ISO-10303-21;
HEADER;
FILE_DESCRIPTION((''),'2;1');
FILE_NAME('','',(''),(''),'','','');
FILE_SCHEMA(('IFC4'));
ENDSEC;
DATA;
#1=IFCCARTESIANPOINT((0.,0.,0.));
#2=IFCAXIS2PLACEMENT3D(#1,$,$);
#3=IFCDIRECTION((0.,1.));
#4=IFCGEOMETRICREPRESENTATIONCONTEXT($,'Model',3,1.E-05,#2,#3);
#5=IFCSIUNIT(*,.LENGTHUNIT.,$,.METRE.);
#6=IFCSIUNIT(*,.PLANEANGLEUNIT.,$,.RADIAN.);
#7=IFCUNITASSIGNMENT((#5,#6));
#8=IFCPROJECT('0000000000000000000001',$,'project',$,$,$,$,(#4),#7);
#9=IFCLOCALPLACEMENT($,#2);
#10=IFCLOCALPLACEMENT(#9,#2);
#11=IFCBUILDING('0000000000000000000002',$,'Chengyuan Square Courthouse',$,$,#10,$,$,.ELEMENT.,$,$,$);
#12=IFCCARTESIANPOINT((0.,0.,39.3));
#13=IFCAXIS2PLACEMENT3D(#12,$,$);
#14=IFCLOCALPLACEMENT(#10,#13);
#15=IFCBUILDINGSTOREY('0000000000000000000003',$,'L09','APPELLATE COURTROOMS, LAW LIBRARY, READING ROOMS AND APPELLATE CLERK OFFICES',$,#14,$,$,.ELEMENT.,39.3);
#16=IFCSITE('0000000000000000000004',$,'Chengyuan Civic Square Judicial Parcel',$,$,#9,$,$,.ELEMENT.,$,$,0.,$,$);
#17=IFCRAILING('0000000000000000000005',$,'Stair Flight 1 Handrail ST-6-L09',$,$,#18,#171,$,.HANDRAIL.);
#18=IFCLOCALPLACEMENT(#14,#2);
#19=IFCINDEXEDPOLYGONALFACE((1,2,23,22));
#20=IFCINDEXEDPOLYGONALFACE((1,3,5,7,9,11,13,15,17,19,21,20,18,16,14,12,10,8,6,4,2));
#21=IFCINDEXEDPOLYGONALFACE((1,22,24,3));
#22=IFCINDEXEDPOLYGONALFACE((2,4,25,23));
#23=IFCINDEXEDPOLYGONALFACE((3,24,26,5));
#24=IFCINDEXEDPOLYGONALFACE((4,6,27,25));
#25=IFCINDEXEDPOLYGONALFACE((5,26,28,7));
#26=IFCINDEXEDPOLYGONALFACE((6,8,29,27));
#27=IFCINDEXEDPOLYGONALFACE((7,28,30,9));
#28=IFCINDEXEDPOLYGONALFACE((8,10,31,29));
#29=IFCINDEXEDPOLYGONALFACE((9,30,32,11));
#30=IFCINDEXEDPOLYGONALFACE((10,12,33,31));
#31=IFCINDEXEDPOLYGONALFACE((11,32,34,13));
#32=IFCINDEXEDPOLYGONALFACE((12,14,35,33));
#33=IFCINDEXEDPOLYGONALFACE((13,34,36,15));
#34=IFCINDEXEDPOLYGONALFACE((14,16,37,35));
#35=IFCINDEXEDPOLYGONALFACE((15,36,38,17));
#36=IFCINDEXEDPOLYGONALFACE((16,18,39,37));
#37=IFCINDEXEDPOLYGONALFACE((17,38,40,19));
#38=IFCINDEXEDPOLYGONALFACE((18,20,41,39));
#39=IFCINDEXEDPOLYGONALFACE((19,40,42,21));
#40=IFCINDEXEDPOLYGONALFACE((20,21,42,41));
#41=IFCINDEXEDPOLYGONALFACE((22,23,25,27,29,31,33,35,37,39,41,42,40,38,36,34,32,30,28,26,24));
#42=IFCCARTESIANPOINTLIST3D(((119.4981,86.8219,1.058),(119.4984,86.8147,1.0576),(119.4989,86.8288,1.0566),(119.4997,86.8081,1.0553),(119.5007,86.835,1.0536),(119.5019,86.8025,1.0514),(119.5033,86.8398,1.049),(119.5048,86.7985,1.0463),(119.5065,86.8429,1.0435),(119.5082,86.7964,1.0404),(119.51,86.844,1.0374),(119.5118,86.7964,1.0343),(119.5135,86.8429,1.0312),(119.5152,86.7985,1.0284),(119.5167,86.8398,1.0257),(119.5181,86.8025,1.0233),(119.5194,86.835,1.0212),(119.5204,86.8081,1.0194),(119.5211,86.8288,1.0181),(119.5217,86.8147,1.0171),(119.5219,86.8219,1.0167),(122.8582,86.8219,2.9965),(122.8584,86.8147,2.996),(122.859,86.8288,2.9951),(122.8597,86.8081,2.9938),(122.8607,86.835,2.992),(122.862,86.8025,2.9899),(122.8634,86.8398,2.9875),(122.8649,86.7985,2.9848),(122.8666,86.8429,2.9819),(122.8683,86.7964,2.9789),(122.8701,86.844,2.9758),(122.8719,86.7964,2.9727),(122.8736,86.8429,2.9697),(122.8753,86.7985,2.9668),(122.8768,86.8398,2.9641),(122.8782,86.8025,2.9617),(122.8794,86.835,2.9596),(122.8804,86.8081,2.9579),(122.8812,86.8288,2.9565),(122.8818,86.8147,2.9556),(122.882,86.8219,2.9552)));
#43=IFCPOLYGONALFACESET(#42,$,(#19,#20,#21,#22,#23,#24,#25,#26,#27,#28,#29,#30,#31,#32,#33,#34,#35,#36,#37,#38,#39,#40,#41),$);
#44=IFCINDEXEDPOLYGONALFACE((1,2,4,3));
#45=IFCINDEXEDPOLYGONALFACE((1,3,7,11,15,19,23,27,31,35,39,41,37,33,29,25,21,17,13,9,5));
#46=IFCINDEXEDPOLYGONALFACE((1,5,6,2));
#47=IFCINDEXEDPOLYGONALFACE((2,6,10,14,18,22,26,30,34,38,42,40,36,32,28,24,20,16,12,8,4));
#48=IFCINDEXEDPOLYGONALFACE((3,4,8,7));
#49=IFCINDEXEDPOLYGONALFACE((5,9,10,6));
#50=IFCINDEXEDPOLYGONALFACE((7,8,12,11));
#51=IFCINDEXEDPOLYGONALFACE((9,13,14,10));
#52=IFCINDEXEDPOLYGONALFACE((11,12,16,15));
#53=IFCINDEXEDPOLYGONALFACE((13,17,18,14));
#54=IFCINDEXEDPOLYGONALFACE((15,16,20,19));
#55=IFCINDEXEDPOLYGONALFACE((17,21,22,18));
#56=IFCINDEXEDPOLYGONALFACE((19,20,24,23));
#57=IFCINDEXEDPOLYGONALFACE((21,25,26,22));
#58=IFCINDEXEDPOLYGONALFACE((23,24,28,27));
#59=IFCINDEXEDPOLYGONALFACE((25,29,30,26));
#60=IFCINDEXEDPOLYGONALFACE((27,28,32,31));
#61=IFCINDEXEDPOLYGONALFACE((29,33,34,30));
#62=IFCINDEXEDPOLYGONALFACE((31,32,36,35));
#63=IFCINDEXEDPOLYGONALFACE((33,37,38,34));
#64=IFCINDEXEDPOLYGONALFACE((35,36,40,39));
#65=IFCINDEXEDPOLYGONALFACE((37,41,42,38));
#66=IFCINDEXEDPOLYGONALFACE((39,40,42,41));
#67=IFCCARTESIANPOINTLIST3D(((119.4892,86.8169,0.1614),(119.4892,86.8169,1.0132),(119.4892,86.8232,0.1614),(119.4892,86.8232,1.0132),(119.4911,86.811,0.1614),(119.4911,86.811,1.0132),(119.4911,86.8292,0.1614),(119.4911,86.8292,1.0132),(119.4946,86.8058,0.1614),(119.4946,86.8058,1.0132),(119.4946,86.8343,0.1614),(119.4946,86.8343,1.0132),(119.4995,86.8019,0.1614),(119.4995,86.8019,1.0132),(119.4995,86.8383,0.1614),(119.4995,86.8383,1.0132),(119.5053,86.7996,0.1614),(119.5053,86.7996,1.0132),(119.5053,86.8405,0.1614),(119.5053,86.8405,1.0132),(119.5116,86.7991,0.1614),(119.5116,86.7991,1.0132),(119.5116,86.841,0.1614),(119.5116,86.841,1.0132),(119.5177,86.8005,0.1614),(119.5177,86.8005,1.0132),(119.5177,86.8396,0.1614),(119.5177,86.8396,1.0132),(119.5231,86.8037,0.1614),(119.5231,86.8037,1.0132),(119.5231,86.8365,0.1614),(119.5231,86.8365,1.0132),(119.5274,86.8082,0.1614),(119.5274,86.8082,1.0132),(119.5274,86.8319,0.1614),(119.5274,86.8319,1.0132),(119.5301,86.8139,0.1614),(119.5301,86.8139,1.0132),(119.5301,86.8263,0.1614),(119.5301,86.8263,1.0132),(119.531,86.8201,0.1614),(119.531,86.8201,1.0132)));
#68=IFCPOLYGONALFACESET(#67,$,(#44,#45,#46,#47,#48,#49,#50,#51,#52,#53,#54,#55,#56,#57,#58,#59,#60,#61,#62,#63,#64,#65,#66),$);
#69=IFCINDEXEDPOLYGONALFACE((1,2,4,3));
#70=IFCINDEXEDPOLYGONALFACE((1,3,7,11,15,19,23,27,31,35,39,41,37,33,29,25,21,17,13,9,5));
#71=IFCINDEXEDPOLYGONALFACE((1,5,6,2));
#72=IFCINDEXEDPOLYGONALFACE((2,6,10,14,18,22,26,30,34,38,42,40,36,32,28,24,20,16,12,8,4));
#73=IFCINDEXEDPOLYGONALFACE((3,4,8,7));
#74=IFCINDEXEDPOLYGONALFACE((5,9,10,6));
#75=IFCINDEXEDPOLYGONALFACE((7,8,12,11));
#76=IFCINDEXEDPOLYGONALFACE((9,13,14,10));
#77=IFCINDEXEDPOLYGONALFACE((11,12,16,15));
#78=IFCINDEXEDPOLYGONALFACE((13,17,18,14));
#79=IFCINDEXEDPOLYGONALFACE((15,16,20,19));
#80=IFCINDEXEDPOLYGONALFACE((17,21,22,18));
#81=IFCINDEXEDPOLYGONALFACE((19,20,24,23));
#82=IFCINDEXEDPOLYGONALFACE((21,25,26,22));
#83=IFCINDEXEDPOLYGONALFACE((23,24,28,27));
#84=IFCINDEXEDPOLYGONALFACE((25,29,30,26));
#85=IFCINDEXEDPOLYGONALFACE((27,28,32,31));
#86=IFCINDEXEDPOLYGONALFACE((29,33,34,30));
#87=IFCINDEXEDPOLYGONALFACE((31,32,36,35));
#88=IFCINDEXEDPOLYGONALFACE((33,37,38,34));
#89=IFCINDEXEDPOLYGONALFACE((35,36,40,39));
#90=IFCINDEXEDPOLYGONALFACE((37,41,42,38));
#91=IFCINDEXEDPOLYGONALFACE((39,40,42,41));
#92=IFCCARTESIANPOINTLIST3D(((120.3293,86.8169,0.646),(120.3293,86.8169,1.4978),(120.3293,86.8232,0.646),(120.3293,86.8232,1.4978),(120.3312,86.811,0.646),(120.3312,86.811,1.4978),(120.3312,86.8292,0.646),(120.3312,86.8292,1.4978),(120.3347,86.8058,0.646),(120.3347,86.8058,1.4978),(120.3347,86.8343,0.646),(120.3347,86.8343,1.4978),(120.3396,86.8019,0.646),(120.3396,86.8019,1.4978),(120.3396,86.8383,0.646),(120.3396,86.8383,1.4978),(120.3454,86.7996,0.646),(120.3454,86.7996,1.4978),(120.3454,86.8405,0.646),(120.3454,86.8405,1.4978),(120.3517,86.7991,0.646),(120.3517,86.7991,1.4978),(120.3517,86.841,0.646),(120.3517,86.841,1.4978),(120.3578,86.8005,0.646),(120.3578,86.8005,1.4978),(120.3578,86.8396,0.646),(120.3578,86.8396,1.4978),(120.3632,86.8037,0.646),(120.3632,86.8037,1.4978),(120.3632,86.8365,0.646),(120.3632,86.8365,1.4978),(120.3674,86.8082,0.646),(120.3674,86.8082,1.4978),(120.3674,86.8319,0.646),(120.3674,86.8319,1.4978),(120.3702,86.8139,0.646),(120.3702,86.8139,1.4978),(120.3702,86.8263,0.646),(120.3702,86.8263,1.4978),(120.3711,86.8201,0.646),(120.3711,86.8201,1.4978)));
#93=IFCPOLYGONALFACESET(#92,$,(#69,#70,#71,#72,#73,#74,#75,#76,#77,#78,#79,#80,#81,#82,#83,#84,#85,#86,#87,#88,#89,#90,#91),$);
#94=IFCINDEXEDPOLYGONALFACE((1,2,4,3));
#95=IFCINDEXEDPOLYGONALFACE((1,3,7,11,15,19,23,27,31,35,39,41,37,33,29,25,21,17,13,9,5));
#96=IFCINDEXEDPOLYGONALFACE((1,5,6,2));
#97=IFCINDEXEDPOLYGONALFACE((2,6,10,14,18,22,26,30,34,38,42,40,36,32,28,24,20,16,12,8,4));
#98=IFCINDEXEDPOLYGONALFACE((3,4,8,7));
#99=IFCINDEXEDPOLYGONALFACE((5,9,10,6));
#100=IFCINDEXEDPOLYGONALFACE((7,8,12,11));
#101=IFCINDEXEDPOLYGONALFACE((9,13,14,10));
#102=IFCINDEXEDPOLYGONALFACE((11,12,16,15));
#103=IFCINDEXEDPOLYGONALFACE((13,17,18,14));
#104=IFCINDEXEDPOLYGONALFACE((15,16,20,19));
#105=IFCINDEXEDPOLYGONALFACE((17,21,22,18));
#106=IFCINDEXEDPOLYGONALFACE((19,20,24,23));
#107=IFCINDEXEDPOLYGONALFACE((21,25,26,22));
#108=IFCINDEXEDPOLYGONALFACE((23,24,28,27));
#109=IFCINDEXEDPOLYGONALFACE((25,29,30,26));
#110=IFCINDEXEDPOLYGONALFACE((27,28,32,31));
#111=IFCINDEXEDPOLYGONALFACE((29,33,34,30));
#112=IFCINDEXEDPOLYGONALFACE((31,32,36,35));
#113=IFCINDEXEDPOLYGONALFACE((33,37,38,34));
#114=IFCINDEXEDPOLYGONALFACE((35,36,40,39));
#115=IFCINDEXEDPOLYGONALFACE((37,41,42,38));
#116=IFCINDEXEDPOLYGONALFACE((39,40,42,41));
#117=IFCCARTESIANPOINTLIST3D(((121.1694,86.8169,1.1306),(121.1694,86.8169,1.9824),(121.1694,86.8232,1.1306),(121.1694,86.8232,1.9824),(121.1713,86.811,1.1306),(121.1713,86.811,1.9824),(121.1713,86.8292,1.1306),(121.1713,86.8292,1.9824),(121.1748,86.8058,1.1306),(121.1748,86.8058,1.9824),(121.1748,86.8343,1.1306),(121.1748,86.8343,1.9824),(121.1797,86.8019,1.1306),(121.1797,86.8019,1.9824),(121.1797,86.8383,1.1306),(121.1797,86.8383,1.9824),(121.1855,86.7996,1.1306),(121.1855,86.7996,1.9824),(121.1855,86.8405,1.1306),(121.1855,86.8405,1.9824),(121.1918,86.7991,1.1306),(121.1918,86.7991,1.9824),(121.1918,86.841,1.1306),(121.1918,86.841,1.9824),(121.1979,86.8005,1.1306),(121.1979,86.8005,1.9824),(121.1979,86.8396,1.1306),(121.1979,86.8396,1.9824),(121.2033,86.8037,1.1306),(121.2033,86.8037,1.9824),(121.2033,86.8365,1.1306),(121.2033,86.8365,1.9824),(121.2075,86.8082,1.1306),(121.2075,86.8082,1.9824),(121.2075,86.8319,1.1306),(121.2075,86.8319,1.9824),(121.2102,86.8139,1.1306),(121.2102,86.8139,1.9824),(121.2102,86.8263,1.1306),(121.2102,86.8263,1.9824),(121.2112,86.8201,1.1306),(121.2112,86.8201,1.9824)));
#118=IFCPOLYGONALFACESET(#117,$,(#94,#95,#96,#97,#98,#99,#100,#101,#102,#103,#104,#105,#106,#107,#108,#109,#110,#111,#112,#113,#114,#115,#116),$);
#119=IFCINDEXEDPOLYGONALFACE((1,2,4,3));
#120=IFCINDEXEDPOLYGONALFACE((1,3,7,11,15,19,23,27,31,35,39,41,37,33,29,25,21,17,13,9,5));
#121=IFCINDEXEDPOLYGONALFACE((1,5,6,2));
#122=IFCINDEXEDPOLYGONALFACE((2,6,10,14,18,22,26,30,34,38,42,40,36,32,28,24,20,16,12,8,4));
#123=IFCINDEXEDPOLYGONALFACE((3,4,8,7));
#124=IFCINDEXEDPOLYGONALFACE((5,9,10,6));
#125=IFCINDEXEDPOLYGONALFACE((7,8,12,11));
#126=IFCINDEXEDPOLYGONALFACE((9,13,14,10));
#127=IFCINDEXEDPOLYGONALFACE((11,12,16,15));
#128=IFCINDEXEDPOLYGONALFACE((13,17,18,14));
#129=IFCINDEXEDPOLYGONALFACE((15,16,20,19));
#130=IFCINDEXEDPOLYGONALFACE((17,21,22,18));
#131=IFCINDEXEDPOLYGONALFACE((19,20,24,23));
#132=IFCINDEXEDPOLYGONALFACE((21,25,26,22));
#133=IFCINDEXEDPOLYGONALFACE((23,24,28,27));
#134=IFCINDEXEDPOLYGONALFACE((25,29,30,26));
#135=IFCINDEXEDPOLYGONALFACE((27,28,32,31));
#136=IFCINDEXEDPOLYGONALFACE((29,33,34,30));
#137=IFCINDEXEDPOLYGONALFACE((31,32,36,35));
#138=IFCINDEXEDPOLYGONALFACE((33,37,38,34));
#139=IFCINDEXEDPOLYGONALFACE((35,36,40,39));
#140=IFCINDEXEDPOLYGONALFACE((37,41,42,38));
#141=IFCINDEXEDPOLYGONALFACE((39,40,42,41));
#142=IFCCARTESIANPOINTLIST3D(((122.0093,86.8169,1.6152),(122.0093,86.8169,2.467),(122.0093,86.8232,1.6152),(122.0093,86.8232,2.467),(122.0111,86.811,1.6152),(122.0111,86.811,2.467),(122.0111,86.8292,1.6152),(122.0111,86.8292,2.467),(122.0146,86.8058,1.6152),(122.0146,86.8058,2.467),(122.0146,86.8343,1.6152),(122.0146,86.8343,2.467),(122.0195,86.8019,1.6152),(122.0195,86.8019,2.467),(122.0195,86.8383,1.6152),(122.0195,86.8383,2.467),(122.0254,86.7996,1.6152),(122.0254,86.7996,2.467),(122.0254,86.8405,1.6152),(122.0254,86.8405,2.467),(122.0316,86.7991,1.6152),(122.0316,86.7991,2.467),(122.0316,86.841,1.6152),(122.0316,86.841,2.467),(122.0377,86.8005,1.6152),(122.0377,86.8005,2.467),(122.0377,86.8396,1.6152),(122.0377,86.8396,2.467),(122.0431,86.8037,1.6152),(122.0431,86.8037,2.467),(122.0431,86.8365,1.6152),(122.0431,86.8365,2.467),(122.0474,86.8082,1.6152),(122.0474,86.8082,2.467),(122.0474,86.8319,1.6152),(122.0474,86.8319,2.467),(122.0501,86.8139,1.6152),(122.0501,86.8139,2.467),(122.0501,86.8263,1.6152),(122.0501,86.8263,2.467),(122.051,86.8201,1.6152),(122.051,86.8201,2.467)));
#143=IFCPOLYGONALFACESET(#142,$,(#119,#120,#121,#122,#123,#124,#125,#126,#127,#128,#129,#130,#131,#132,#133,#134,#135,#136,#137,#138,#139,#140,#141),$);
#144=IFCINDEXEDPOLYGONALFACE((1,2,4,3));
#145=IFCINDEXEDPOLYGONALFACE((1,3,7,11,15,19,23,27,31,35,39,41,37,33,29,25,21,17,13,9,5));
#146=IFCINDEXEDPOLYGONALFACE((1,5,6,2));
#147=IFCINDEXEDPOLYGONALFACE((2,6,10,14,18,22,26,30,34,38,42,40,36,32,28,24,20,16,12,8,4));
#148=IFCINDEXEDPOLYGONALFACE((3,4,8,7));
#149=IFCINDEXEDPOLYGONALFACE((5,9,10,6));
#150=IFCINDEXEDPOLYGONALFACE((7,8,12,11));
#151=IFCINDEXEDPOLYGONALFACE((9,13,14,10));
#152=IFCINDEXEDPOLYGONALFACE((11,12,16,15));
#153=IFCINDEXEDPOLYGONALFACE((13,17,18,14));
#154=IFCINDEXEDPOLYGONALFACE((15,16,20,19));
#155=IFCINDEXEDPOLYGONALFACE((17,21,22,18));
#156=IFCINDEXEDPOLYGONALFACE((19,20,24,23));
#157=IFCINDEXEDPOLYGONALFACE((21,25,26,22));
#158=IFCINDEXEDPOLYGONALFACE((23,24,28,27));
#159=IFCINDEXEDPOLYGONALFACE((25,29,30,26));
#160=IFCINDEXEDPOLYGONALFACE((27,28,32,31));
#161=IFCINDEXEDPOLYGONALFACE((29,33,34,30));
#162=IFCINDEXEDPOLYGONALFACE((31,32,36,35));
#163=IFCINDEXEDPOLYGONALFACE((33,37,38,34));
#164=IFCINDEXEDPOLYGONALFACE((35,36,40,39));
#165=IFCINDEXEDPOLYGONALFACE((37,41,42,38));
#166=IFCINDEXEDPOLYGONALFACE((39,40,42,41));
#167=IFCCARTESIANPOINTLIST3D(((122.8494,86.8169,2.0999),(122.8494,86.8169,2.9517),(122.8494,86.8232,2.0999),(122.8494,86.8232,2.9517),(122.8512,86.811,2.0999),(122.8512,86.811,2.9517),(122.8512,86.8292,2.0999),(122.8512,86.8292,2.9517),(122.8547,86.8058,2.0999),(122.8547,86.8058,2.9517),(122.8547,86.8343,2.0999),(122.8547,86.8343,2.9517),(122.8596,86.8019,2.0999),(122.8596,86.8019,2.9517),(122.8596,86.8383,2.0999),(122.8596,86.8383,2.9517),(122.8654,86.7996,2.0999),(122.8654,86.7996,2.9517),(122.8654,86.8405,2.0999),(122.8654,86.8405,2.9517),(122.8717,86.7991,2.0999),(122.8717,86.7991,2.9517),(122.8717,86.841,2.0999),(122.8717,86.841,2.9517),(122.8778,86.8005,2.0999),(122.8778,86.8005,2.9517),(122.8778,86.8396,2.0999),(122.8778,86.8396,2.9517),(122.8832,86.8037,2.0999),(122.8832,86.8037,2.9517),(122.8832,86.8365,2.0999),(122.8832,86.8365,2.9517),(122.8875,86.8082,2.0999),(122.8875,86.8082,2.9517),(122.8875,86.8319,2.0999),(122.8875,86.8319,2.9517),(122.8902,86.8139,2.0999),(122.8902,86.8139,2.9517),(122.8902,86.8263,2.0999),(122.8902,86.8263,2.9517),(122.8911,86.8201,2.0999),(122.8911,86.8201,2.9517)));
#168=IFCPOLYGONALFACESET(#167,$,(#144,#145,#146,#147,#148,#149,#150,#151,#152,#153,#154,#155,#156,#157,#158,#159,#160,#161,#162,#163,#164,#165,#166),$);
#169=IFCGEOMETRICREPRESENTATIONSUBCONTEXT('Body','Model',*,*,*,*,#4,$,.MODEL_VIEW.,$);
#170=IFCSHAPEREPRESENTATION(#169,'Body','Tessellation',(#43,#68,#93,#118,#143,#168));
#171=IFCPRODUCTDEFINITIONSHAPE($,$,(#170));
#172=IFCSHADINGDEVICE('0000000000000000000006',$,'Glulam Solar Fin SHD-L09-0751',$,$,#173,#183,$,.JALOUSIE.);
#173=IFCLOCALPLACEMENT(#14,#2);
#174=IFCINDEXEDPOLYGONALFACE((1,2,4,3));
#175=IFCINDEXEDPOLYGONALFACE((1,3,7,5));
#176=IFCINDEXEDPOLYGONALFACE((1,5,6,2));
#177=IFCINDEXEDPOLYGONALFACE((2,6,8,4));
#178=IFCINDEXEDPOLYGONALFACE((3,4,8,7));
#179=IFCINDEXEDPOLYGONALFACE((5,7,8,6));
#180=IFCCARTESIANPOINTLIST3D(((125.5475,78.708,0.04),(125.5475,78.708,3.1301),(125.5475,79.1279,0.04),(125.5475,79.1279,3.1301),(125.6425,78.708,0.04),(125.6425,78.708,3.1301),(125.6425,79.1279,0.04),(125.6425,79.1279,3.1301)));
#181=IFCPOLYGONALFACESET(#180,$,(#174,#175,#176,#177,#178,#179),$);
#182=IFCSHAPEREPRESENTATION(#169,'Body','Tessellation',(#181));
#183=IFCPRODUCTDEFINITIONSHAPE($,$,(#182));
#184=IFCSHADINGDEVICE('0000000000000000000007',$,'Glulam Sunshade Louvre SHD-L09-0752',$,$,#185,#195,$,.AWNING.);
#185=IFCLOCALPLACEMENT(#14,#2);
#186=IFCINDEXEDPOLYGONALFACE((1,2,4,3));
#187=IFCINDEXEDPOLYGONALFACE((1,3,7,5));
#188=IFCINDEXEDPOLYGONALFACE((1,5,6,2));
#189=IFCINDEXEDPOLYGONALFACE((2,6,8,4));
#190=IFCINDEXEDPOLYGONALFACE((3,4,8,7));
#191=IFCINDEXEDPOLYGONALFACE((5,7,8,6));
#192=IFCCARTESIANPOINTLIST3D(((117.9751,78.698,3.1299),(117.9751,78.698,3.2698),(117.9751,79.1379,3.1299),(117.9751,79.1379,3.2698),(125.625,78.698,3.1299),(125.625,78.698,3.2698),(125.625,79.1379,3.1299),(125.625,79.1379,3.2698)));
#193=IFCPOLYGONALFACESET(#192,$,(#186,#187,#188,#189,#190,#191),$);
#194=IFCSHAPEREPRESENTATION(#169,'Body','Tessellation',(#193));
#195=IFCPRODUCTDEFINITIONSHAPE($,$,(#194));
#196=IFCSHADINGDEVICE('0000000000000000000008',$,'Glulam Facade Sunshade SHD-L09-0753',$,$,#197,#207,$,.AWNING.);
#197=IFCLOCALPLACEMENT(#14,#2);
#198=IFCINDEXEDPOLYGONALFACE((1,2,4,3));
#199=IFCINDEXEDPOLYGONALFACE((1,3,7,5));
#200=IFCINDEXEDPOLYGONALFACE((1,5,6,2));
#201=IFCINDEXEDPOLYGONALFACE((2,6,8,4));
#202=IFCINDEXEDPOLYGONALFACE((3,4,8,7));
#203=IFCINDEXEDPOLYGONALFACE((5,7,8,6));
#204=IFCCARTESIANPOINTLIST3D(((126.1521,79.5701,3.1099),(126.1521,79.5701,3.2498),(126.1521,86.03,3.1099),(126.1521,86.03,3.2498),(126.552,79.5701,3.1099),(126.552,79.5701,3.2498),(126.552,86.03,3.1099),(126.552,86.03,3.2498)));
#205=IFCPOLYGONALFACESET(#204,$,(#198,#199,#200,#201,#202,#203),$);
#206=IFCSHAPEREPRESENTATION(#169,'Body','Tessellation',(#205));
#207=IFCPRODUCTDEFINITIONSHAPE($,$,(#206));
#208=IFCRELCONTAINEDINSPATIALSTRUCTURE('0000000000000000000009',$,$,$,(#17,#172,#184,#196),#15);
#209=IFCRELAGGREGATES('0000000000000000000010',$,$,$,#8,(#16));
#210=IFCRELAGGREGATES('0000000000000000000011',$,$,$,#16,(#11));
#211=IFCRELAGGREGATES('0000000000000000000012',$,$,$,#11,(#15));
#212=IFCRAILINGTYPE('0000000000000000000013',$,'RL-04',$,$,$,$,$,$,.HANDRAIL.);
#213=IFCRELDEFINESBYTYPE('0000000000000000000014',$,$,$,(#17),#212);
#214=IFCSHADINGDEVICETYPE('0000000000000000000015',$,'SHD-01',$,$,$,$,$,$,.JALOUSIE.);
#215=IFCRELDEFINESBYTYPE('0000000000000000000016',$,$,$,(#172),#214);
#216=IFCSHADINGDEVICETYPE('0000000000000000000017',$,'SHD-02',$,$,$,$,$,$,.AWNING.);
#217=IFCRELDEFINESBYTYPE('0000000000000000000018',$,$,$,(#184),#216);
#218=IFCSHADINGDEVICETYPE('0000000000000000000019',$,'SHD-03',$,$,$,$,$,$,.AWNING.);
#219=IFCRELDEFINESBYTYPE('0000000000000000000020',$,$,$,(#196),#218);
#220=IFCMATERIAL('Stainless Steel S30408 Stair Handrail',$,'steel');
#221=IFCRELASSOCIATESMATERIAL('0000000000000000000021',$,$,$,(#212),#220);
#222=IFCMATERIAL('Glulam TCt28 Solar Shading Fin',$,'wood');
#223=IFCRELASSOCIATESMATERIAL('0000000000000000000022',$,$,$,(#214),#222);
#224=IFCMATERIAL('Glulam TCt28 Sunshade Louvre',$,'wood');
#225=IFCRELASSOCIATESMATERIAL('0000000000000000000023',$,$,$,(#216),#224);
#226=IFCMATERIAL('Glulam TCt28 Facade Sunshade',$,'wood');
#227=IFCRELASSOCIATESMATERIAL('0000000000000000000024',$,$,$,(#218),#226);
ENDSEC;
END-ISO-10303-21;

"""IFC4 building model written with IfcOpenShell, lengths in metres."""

from ifc_helpers import new_model, si_unit, direction, frame, origin, origin_2d, place, context, subcontext, project, spatial, rectangle, circle, extrude, material, type_object, element, save


model = new_model("IFC4")

# Units and contexts
model_context = context("Model", 3, precision=1e-05, world=origin(), true_north=direction((0.0, 1.0)))
body_context = subcontext(model_context, "Body", "Model", "MODEL_VIEW")
ifc_project = project(units=[si_unit("LENGTHUNIT", "METRE"), si_unit("PLANEANGLEUNIT", "RADIAN")], contexts=[model_context])

# Site, building, storey
site_placement = place(None, origin())
site = spatial("IfcSite", under=ifc_project, at=site_placement, Name="Chengyuan Civic Square Judicial Parcel", CompositionType="ELEMENT", RefElevation=0.0)
building_placement = place(site_placement, origin())
building = spatial("IfcBuilding", under=site, at=building_placement, Name="Chengyuan Square Courthouse", CompositionType="ELEMENT")
storey_placement = place(building_placement, frame((0.0, 0.0, 39.3)))
storey = spatial("IfcBuildingStorey", under=building, at=storey_placement, Name="L09", Description="APPELLATE COURTROOMS, LAW LIBRARY, READING ROOMS AND APPELLATE CLERK OFFICES", CompositionType="ELEMENT", Elevation=39.3)

# Railing
ifc_material_1 = material(Name="Stainless Steel S30408 Stair Handrail", Category="steel")
railing_type = type_object("IfcRailingType", Name="RL-04", PredefinedType="HANDRAIL", material=ifc_material_1)
railing_placement = place(storey_placement, frame((119.51, 86.8201, 0.1614)))
element("IfcRailing", 1, at=railing_placement, inside=storey, type_object=railing_type, Name="Stair Flight 1 Handrail ST-6-L09", PredefinedType="HANDRAIL", context=body_context, shape_type="SweptSolid", body=[
    extrude(circle(Radius=0.0239, at=origin_2d()), frame((0.0, 0.0, 0.876), z_axis=(0.866191, 0.0, 0.499713), x_axis=(0.0, 1.0, 0.0)), (0.0, 0.0, 1.0), 3.8792),
    extrude(circle(Radius=0.021, at=origin_2d()), origin(), (0.0, 0.0, 1.0), 0.8518),
    extrude(circle(Radius=0.021, at=origin_2d()), frame((0.8401, 0.0, 0.4846)), (0.0, 0.0, 1.0), 0.8518),
    extrude(circle(Radius=0.021, at=origin_2d()), frame((1.6802, 0.0, 0.9692)), (0.0, 0.0, 1.0), 0.8518),
    extrude(circle(Radius=0.021, at=origin_2d()), frame((2.52, 0.0, 1.4539)), (0.0, 0.0, 1.0), 0.8518),
    extrude(circle(Radius=0.021, at=origin_2d()), frame((3.3601, 0.0, 1.9385)), (0.0, 0.0, 1.0), 0.8518),
])

# Shading devices
ifc_material_2 = material(Name="Glulam TCt28 Solar Shading Fin", Category="wood")
shading_device_type_1 = type_object("IfcShadingDeviceType", Name="SHD-01", PredefinedType="JALOUSIE", material=ifc_material_2)
shading_device_1_placement = place(storey_placement, frame((125.595, 78.918, 0.04), z_axis=(0.0, 0.0, 1.0), x_axis=(0.0, 1.0, 0.0)))
element("IfcShadingDevice", 2, at=shading_device_1_placement, inside=storey, type_object=shading_device_type_1, Name="Glulam Solar Fin SHD-L09-0751", PredefinedType="JALOUSIE", context=body_context, shape_type="SweptSolid", body=[
    extrude(rectangle(XDim=0.4199, YDim=0.095, at=origin_2d()), origin(), (0.0, 0.0, 1.0), 3.0901),
])
ifc_material_3 = material(Name="Glulam TCt28 Sunshade Louvre", Category="wood")
shading_device_type_2 = type_object("IfcShadingDeviceType", Name="SHD-02", PredefinedType="AWNING", material=ifc_material_3)
shading_device_2_placement = place(storey_placement, frame((121.8, 78.918, 3.1299), z_axis=(0.0, 0.0, 1.0), x_axis=(1.0, 0.0, 0.0)))
element("IfcShadingDevice", 3, at=shading_device_2_placement, inside=storey, type_object=shading_device_type_2, Name="Glulam Sunshade Louvre SHD-L09-0752", PredefinedType="AWNING", context=body_context, shape_type="SweptSolid", body=[
    extrude(rectangle(XDim=7.6499, YDim=0.4399, at=origin_2d()), origin(), (0.0, 0.0, 1.0), 0.1399),
])
ifc_material_4 = material(Name="Glulam TCt28 Facade Sunshade", Category="wood")
shading_device_type_3 = type_object("IfcShadingDeviceType", Name="SHD-03", PredefinedType="AWNING", material=ifc_material_4)
shading_device_3_placement = place(storey_placement, frame((126.3521, 82.8, 3.1099), z_axis=(0.0, 0.0, 1.0), x_axis=(0.0, 1.0, 0.0)))
element("IfcShadingDevice", 4, at=shading_device_3_placement, inside=storey, type_object=shading_device_type_3, Name="Glulam Facade Sunshade SHD-L09-0753", PredefinedType="AWNING", context=body_context, shape_type="SweptSolid", body=[
    extrude(rectangle(XDim=6.46, YDim=0.3999, at=origin_2d()), origin(), (0.0, 0.0, 1.0), 0.1399),
])

save(model, "model.ifc")
